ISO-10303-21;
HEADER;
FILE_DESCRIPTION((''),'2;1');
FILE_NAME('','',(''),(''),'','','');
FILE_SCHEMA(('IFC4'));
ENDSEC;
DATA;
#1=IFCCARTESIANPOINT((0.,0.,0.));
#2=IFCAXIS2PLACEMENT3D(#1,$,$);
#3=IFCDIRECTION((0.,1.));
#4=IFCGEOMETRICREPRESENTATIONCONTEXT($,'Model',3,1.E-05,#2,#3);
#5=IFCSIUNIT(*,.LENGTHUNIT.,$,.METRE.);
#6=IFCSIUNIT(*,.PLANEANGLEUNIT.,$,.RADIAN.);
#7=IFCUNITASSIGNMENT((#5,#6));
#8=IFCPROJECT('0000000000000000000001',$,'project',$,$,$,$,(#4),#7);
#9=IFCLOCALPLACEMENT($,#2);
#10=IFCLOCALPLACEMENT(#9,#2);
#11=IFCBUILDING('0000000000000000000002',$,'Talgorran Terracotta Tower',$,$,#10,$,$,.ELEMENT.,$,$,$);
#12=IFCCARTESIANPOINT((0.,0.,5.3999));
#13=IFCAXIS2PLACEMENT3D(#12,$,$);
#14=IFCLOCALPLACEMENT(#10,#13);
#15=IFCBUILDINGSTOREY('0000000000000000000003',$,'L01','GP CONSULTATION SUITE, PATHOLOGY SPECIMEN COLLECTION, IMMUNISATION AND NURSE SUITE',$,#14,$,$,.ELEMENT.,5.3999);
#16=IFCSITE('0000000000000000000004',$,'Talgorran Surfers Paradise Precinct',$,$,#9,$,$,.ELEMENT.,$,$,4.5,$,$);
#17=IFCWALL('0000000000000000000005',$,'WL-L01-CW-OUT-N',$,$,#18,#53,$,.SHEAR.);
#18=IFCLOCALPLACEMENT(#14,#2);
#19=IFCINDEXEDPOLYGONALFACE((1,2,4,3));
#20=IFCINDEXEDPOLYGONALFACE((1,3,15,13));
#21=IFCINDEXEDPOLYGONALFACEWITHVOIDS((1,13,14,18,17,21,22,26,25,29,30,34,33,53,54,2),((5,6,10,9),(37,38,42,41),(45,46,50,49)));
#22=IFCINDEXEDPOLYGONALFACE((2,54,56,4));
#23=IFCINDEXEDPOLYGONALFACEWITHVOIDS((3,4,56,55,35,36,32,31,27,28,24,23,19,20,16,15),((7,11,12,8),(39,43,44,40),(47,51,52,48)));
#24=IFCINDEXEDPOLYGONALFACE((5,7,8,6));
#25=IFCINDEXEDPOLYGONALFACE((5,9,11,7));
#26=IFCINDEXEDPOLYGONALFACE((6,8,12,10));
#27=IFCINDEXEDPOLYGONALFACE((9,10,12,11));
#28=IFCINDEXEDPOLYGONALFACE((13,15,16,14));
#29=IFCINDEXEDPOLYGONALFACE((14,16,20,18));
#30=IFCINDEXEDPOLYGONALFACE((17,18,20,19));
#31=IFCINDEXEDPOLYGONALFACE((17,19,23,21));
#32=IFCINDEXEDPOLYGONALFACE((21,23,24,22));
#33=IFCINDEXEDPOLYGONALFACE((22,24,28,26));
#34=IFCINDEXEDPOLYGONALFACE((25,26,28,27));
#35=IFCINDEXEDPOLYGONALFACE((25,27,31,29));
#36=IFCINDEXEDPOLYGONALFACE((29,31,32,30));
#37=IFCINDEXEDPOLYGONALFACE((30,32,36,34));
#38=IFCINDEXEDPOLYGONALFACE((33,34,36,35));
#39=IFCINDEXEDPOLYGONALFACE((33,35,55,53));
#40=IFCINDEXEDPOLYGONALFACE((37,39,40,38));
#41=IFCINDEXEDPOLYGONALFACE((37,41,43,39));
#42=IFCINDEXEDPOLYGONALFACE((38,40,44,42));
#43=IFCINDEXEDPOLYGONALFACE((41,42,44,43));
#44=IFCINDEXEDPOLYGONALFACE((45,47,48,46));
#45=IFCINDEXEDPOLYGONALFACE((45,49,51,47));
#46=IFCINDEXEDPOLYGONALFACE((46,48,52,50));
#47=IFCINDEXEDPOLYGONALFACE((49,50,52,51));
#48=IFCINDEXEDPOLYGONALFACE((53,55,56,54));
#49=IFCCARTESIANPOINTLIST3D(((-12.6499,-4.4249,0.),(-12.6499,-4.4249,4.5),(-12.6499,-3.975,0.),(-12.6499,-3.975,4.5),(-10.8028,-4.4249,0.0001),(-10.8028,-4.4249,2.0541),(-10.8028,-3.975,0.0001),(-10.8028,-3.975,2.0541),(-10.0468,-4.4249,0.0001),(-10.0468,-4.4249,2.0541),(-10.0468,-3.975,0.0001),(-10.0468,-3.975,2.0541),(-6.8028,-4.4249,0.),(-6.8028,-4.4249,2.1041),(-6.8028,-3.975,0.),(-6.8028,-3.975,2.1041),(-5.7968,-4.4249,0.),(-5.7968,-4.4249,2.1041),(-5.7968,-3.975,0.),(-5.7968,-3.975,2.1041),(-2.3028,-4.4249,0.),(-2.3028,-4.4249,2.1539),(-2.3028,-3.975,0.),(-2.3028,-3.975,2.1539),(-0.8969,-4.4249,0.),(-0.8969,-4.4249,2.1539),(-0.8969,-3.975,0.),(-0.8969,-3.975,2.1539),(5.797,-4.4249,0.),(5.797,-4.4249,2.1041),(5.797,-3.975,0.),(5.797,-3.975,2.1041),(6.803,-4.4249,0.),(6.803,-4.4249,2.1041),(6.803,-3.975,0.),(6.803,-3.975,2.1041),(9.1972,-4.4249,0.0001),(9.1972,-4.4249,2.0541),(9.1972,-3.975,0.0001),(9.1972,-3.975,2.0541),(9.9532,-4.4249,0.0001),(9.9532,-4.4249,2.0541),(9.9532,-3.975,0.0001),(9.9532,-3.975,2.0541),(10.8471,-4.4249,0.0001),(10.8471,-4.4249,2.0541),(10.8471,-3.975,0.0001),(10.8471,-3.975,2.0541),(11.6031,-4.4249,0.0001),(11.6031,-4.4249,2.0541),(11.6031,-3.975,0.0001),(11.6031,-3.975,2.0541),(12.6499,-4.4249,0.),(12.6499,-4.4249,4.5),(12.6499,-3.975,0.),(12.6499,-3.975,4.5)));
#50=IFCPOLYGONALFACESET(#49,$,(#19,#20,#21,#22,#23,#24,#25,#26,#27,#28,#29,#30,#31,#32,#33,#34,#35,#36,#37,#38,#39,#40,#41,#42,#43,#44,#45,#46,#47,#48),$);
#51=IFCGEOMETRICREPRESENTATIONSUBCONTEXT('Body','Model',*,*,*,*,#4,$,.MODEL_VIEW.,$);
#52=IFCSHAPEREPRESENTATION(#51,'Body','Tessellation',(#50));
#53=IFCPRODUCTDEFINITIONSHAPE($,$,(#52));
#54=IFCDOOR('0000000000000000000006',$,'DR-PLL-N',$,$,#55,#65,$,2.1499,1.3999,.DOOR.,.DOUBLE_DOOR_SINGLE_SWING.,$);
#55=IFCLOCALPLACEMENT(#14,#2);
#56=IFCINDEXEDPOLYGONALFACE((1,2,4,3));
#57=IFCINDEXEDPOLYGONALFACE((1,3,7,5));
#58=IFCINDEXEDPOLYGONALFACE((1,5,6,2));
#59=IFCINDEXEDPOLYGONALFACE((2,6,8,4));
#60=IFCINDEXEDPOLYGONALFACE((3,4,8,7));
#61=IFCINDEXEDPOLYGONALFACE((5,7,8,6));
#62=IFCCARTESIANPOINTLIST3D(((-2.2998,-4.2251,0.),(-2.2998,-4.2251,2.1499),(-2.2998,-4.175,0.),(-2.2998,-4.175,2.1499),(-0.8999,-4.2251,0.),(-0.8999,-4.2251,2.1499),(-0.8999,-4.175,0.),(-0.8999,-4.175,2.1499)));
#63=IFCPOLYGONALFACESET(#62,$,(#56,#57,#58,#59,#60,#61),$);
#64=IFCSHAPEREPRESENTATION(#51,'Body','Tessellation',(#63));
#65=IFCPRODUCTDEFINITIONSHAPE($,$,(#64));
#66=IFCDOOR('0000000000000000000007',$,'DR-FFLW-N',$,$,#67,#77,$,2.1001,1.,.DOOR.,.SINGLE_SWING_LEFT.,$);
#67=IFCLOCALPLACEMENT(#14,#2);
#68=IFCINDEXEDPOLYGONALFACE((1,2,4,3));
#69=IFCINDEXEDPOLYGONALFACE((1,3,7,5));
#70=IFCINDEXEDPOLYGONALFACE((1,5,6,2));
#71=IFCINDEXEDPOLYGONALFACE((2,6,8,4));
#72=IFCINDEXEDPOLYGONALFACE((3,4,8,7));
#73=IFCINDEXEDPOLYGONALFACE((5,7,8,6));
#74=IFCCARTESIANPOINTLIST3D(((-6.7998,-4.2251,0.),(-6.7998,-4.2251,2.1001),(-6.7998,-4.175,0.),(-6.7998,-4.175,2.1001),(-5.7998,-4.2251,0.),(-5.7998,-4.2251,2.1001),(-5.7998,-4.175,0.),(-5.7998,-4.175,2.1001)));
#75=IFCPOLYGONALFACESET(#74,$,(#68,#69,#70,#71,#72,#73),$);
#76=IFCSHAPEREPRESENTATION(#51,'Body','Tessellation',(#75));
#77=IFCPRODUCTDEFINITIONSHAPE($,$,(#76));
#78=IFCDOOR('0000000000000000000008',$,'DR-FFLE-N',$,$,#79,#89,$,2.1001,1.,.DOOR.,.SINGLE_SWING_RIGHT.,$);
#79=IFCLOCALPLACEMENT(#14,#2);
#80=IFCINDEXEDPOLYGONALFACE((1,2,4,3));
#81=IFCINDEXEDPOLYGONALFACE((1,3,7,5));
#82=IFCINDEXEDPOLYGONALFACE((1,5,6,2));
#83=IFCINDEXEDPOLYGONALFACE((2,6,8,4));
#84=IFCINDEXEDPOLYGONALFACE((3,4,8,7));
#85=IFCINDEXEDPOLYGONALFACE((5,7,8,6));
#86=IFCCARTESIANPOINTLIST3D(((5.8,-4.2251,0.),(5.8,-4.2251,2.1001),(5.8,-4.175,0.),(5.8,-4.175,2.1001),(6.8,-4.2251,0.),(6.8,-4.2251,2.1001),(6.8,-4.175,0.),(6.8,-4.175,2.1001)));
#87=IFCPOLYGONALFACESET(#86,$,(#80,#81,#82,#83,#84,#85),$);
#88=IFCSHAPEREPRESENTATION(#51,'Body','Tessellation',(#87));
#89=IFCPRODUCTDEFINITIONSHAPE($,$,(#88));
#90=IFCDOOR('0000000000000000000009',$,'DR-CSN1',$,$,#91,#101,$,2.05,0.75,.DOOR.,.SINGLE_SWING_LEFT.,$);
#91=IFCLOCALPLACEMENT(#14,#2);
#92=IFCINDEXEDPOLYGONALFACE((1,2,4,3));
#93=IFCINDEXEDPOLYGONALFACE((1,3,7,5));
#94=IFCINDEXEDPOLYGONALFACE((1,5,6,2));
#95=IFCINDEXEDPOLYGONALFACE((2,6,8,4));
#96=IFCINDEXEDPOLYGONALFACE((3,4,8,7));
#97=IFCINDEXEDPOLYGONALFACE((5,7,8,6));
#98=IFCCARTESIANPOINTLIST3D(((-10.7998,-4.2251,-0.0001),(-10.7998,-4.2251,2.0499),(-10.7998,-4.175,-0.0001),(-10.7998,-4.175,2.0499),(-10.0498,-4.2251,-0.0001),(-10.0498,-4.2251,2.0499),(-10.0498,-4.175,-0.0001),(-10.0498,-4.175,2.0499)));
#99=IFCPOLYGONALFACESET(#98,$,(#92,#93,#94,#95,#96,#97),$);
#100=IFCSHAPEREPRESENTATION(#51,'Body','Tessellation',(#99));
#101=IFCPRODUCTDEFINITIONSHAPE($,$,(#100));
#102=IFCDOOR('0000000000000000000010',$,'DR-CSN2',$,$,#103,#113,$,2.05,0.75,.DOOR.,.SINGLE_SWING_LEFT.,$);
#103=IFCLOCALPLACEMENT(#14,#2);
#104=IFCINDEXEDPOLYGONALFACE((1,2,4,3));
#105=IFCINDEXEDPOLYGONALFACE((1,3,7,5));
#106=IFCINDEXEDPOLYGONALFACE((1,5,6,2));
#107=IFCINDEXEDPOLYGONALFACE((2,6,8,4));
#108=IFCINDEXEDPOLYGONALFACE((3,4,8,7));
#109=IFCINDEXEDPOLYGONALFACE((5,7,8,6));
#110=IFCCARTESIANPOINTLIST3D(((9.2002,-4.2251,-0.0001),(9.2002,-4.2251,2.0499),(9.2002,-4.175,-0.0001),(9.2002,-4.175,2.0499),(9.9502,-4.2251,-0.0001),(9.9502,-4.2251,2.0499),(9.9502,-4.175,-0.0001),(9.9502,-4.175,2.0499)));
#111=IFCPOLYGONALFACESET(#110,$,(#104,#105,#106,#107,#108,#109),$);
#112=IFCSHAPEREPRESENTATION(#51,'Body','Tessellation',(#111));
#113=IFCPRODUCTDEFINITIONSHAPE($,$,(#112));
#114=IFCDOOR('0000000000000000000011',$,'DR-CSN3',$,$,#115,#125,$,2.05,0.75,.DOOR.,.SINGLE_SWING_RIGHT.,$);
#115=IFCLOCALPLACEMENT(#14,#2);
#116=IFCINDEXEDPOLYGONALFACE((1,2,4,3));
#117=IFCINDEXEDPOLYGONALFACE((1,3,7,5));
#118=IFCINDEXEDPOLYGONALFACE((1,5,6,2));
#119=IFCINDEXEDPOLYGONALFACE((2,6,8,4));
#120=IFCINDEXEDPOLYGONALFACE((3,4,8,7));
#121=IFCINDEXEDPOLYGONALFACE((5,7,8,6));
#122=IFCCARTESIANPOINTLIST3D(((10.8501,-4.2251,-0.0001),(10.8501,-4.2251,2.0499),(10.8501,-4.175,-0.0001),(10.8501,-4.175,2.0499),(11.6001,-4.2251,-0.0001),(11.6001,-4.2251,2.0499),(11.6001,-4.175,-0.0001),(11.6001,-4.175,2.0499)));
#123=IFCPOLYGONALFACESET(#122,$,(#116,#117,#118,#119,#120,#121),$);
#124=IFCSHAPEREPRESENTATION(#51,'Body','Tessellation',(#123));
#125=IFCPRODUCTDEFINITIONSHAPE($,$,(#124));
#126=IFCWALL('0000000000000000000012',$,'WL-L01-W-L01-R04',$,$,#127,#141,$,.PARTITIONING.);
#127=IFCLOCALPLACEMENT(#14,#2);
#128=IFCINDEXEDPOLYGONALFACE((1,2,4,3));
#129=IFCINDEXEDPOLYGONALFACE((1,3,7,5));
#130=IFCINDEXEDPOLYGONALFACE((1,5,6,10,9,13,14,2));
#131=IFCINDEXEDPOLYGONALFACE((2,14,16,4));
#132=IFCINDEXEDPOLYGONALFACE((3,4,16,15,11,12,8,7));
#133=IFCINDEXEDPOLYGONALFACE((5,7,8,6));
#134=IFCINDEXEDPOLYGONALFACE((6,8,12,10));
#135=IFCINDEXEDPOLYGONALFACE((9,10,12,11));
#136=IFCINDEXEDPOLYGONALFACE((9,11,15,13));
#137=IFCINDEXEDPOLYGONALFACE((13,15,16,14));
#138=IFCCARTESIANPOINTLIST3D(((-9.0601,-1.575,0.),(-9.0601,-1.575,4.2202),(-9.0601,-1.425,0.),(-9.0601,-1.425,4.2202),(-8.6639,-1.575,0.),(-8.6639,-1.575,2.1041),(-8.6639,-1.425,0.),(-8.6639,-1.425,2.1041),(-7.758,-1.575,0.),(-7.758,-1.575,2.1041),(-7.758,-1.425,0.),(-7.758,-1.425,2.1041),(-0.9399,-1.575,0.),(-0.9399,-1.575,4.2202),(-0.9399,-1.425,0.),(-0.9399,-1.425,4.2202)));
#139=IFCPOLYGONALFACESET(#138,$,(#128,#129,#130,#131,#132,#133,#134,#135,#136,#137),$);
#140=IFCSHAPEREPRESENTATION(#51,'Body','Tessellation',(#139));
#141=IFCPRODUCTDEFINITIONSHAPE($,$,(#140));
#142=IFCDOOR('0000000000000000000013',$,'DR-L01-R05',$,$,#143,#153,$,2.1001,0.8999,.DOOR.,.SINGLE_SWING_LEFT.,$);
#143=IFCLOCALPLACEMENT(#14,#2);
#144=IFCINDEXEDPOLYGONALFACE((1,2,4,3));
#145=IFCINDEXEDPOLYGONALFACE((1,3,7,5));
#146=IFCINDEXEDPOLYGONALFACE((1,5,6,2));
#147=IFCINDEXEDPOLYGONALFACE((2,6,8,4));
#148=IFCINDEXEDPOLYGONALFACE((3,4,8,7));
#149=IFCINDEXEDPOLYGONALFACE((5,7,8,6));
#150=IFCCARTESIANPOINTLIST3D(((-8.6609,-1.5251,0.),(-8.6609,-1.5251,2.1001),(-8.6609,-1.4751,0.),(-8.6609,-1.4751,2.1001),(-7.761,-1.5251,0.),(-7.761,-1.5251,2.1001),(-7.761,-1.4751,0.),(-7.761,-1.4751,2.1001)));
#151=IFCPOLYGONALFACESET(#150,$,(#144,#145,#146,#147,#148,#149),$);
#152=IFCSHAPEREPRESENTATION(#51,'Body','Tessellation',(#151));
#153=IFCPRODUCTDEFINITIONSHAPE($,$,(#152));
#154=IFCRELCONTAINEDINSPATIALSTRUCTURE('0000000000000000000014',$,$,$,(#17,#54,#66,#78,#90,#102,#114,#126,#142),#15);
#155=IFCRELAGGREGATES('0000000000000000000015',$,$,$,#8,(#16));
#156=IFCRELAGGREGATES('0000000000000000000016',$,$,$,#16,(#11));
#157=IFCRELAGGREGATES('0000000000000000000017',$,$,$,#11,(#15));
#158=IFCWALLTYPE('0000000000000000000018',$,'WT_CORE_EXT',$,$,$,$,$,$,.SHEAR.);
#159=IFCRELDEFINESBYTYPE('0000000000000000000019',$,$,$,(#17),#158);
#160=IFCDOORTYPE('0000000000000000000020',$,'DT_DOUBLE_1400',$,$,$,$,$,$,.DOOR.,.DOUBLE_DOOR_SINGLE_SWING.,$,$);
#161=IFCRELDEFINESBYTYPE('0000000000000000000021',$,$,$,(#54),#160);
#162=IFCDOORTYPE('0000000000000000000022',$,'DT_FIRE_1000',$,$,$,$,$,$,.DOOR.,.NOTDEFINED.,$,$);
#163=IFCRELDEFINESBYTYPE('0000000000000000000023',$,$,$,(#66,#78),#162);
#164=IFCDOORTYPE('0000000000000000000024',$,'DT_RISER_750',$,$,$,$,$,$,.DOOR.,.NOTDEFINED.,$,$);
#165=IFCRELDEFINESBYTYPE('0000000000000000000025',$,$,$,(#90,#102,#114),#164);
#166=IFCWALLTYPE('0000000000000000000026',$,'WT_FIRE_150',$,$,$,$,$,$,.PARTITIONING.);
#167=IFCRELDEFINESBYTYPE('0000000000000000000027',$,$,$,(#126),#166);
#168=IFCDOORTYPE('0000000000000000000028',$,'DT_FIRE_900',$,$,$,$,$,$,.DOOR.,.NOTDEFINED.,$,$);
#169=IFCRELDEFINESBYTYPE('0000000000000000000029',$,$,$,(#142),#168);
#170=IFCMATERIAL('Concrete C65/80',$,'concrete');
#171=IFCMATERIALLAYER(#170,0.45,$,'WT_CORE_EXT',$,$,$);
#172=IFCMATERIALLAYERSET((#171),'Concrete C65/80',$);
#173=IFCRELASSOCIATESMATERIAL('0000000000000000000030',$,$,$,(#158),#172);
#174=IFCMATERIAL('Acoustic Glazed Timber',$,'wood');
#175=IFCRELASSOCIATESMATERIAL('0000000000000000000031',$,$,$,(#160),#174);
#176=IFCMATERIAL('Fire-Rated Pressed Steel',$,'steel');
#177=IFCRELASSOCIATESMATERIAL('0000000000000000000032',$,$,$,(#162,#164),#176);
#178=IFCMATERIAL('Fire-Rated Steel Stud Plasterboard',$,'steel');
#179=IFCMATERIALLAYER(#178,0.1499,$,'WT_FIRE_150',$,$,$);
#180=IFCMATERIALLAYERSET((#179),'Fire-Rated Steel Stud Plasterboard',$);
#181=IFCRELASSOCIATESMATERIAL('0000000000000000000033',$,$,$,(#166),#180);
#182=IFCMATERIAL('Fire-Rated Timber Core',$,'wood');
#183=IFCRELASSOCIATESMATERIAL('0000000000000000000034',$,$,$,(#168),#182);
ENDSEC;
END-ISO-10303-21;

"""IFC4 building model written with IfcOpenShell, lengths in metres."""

from ifc_helpers import new_model, si_unit, direction, frame, frame_2d, origin, place, context, subcontext, project, spatial, rectangle, extrude, material, layer, layer_set, type_object, element, fill, save


model = new_model("IFC4")

# Units and contexts
model_context = context("Model", 3, precision=1e-05, world=origin(), true_north=direction((0.0, 1.0)))
body_context = subcontext(model_context, "Body", "Model", "MODEL_VIEW")
ifc_project = project(units=[si_unit("LENGTHUNIT", "METRE"), si_unit("PLANEANGLEUNIT", "RADIAN")], contexts=[model_context])

# Site, building, storey
site_placement = place(None, origin())
site = spatial("IfcSite", under=ifc_project, at=site_placement, Name="Talgorran Surfers Paradise Precinct", CompositionType="ELEMENT", RefElevation=4.5)
building_placement = place(site_placement, origin())
building = spatial("IfcBuilding", under=site, at=building_placement, Name="Talgorran Terracotta Tower", CompositionType="ELEMENT")
storey_placement = place(building_placement, frame((0.0, 0.0, 5.3999)))
storey = spatial("IfcBuildingStorey", under=building, at=storey_placement, Name="L01", Description="GP CONSULTATION SUITE, PATHOLOGY SPECIMEN COLLECTION, IMMUNISATION AND NURSE SUITE", CompositionType="ELEMENT", Elevation=5.3999)

# Wall, openings, doors
ifc_material_1 = material(Name="Concrete C65/80", Category="concrete")
ifc_layer_1 = layer(ifc_material_1, 0.45, Name="WT_CORE_EXT")
ifc_layer_set_1 = layer_set([ifc_layer_1], Name="Concrete C65/80")
wall_type_1 = type_object("IfcWallType", Name="WT_CORE_EXT", PredefinedType="SHEAR", material=ifc_layer_set_1)
wall_1_placement = place(storey_placement, frame((-12.6499, -4.2, 0.0), z_axis=(0.0, 0.0, 1.0), x_axis=(1.0, 0.0, 0.0)))
wall_1 = element("IfcWall", 1, at=wall_1_placement, inside=storey, type_object=wall_type_1, Name="WL-L01-CW-OUT-N", PredefinedType="SHEAR", context=body_context, shape_type="SweptSolid", body=[
    extrude(rectangle(XDim=25.2998, YDim=0.45, at=frame_2d((12.6499, 0.0))), origin(), (0.0, 0.0, 1.0), 4.5),
])
opening_1_placement = place(wall_1_placement, frame((1.8501, 0.0, 0.0)))
opening_1 = element("IfcOpeningElement", 2, at=opening_1_placement, cuts=wall_1, PredefinedType="OPENING", context=body_context, shape_type="SweptSolid", body=[
    extrude(rectangle(XDim=0.756, YDim=2.054, at=frame_2d((0.375, 1.0271))), frame((0.0, 0.2349, 0.0), z_axis=(0.0, -1.0, 0.0), x_axis=(1.0, 0.0, 0.0)), (0.0, 0.0, 1.0), 0.47),
])
opening_2_placement = place(wall_1_placement, frame((21.8501, 0.0, 0.0)))
opening_2 = element("IfcOpeningElement", 3, at=opening_2_placement, cuts=wall_1, PredefinedType="OPENING", context=body_context, shape_type="SweptSolid", body=[
    extrude(rectangle(XDim=0.756, YDim=2.054, at=frame_2d((0.375, 1.0271))), frame((0.0, 0.2349, 0.0), z_axis=(0.0, -1.0, 0.0), x_axis=(1.0, 0.0, 0.0)), (0.0, 0.0, 1.0), 0.47),
])
opening_3_placement = place(wall_1_placement, frame((23.5, 0.0, 0.0)))
opening_3 = element("IfcOpeningElement", 4, at=opening_3_placement, cuts=wall_1, PredefinedType="OPENING", context=body_context, shape_type="SweptSolid", body=[
    extrude(rectangle(XDim=0.756, YDim=2.054, at=frame_2d((0.375, 1.0271))), frame((0.0, 0.2349, 0.0), z_axis=(0.0, -1.0, 0.0), x_axis=(1.0, 0.0, 0.0)), (0.0, 0.0, 1.0), 0.47),
])
opening_4_placement = place(wall_1_placement, frame((5.8501, 0.0, 0.0)))
opening_4 = element("IfcOpeningElement", 5, at=opening_4_placement, cuts=wall_1, PredefinedType="OPENING", context=body_context, shape_type="SweptSolid", body=[
    extrude(rectangle(XDim=1.006, YDim=2.1041, at=frame_2d((0.5, 1.052))), frame((0.0, 0.2349, 0.0), z_axis=(0.0, -1.0, 0.0), x_axis=(1.0, 0.0, 0.0)), (0.0, 0.0, 1.0), 0.47),
])
opening_5_placement = place(wall_1_placement, frame((10.3501, 0.0, 0.0)))
opening_5 = element("IfcOpeningElement", 6, at=opening_5_placement, cuts=wall_1, PredefinedType="OPENING", context=body_context, shape_type="SweptSolid", body=[
    extrude(rectangle(XDim=1.4059, YDim=2.1539, at=frame_2d((0.7, 1.0769))), frame((0.0, 0.2349, 0.0), z_axis=(0.0, -1.0, 0.0), x_axis=(1.0, 0.0, 0.0)), (0.0, 0.0, 1.0), 0.47),
])
opening_6_placement = place(wall_1_placement, frame((18.45, 0.0, 0.0)))
opening_6 = element("IfcOpeningElement", 7, at=opening_6_placement, cuts=wall_1, PredefinedType="OPENING", context=body_context, shape_type="SweptSolid", body=[
    extrude(rectangle(XDim=1.006, YDim=2.1041, at=frame_2d((0.5, 1.052))), frame((0.0, 0.2349, 0.0), z_axis=(0.0, -1.0, 0.0), x_axis=(1.0, 0.0, 0.0)), (0.0, 0.0, 1.0), 0.47),
])
ifc_material_2 = material(Name="Acoustic Glazed Timber", Category="wood")
door_type_1 = type_object("IfcDoorType", Name="DT_DOUBLE_1400", OperationType="DOUBLE_DOOR_SINGLE_SWING", PredefinedType="DOOR", material=ifc_material_2)
door_1_placement = place(opening_5_placement, origin())
door_1 = element("IfcDoor", 8, at=door_1_placement, inside=storey, type_object=door_type_1, Name="DR-PLL-N", OperationType="DOUBLE_DOOR_SINGLE_SWING", OverallHeight=2.1499, OverallWidth=1.3999, PredefinedType="DOOR", context=body_context, shape_type="SweptSolid", body=[
    extrude(rectangle(XDim=1.3999, YDim=2.1499, at=frame_2d((0.7, 1.075))), frame((0.0, 0.0249, 0.0), z_axis=(0.0, -1.0, 0.0), x_axis=(1.0, 0.0, 0.0)), (0.0, 0.0, 1.0), 0.05),
])
fill(opening_5, door_1)
ifc_material_3 = material(Name="Fire-Rated Pressed Steel", Category="steel")
door_type_2 = type_object("IfcDoorType", Name="DT_FIRE_1000", OperationType="NOTDEFINED", PredefinedType="DOOR", material=ifc_material_3)
door_2_placement = place(opening_4_placement, origin())
door_2 = element("IfcDoor", 9, at=door_2_placement, inside=storey, type_object=door_type_2, Name="DR-FFLW-N", OperationType="SINGLE_SWING_LEFT", OverallHeight=2.1001, OverallWidth=1.0, PredefinedType="DOOR", context=body_context, shape_type="SweptSolid", body=[
    extrude(rectangle(XDim=1.0, YDim=2.1001, at=frame_2d((0.5, 1.05))), frame((0.0, 0.0249, 0.0), z_axis=(0.0, -1.0, 0.0), x_axis=(1.0, 0.0, 0.0)), (0.0, 0.0, 1.0), 0.05),
])
fill(opening_4, door_2)
door_3_placement = place(opening_6_placement, origin())
door_3 = element("IfcDoor", 10, at=door_3_placement, inside=storey, type_object=door_type_2, Name="DR-FFLE-N", OperationType="SINGLE_SWING_RIGHT", OverallHeight=2.1001, OverallWidth=1.0, PredefinedType="DOOR", context=body_context, shape_type="SweptSolid", body=[
    extrude(rectangle(XDim=1.0, YDim=2.1001, at=frame_2d((0.5, 1.05))), frame((0.0, 0.0249, 0.0), z_axis=(0.0, -1.0, 0.0), x_axis=(1.0, 0.0, 0.0)), (0.0, 0.0, 1.0), 0.05),
])
fill(opening_6, door_3)
door_type_3 = type_object("IfcDoorType", Name="DT_RISER_750", OperationType="NOTDEFINED", PredefinedType="DOOR", material=ifc_material_3)
door_4_placement = place(opening_1_placement, origin())
door_4 = element("IfcDoor", 11, at=door_4_placement, inside=storey, type_object=door_type_3, Name="DR-CSN1", OperationType="SINGLE_SWING_LEFT", OverallHeight=2.05, OverallWidth=0.75, PredefinedType="DOOR", context=body_context, shape_type="SweptSolid", body=[
    extrude(rectangle(XDim=0.75, YDim=2.05, at=frame_2d((0.375, 1.0249))), frame((0.0, 0.0249, 0.0), z_axis=(0.0, -1.0, 0.0), x_axis=(1.0, 0.0, 0.0)), (0.0, 0.0, 1.0), 0.05),
])
fill(opening_1, door_4)
door_5_placement = place(opening_2_placement, origin())
door_5 = element("IfcDoor", 12, at=door_5_placement, inside=storey, type_object=door_type_3, Name="DR-CSN2", OperationType="SINGLE_SWING_LEFT", OverallHeight=2.05, OverallWidth=0.75, PredefinedType="DOOR", context=body_context, shape_type="SweptSolid", body=[
    extrude(rectangle(XDim=0.75, YDim=2.05, at=frame_2d((0.375, 1.0249))), frame((0.0, 0.0249, 0.0), z_axis=(0.0, -1.0, 0.0), x_axis=(1.0, 0.0, 0.0)), (0.0, 0.0, 1.0), 0.05),
])
fill(opening_2, door_5)
door_6_placement = place(opening_3_placement, origin())
door_6 = element("IfcDoor", 13, at=door_6_placement, inside=storey, type_object=door_type_3, Name="DR-CSN3", OperationType="SINGLE_SWING_RIGHT", OverallHeight=2.05, OverallWidth=0.75, PredefinedType="DOOR", context=body_context, shape_type="SweptSolid", body=[
    extrude(rectangle(XDim=0.75, YDim=2.05, at=frame_2d((0.375, 1.0249))), frame((0.0, 0.0249, 0.0), z_axis=(0.0, -1.0, 0.0), x_axis=(1.0, 0.0, 0.0)), (0.0, 0.0, 1.0), 0.05),
])
fill(opening_3, door_6)

# Wall, opening, door
ifc_material_4 = material(Name="Fire-Rated Steel Stud Plasterboard", Category="steel")
ifc_layer_2 = layer(ifc_material_4, 0.1499, Name="WT_FIRE_150")
ifc_layer_set_2 = layer_set([ifc_layer_2], Name="Fire-Rated Steel Stud Plasterboard")
wall_type_2 = type_object("IfcWallType", Name="WT_FIRE_150", PredefinedType="PARTITIONING", material=ifc_layer_set_2)
wall_2_placement = place(storey_placement, frame((-9.0601, -1.5, 0.0), z_axis=(0.0, 0.0, 1.0), x_axis=(1.0, 0.0, 0.0)))
wall_2 = element("IfcWall", 14, at=wall_2_placement, inside=storey, type_object=wall_type_2, Name="WL-L01-W-L01-R04", PredefinedType="PARTITIONING", context=body_context, shape_type="SweptSolid", body=[
    extrude(rectangle(XDim=8.1201, YDim=0.1499, at=frame_2d((4.0601, 0.0))), origin(), (0.0, 0.0, 1.0), 4.2202),
])
opening_7_placement = place(wall_2_placement, frame((0.3992, 0.0, 0.0)))
opening_7 = element("IfcOpeningElement", 15, at=opening_7_placement, cuts=wall_2, PredefinedType="OPENING", context=body_context, shape_type="SweptSolid", body=[
    extrude(rectangle(XDim=0.9059, YDim=2.1041, at=frame_2d((0.45, 1.052))), frame((0.0, 0.085, 0.0), z_axis=(0.0, -1.0, 0.0), x_axis=(1.0, 0.0, 0.0)), (0.0, 0.0, 1.0), 0.1699),
])
ifc_material_5 = material(Name="Fire-Rated Timber Core", Category="wood")
door_type_4 = type_object("IfcDoorType", Name="DT_FIRE_900", OperationType="NOTDEFINED", PredefinedType="DOOR", material=ifc_material_5)
door_7_placement = place(opening_7_placement, origin())
door_7 = element("IfcDoor", 16, at=door_7_placement, inside=storey, type_object=door_type_4, Name="DR-L01-R05", OperationType="SINGLE_SWING_LEFT", OverallHeight=2.1001, OverallWidth=0.8999, PredefinedType="DOOR", context=body_context, shape_type="SweptSolid", body=[
    extrude(rectangle(XDim=0.8999, YDim=2.1001, at=frame_2d((0.45, 1.05))), frame((0.0, 0.0249, 0.0), z_axis=(0.0, -1.0, 0.0), x_axis=(1.0, 0.0, 0.0)), (0.0, 0.0, 1.0), 0.05),
])
fill(opening_7, door_7)

save(model, "model.ifc")
